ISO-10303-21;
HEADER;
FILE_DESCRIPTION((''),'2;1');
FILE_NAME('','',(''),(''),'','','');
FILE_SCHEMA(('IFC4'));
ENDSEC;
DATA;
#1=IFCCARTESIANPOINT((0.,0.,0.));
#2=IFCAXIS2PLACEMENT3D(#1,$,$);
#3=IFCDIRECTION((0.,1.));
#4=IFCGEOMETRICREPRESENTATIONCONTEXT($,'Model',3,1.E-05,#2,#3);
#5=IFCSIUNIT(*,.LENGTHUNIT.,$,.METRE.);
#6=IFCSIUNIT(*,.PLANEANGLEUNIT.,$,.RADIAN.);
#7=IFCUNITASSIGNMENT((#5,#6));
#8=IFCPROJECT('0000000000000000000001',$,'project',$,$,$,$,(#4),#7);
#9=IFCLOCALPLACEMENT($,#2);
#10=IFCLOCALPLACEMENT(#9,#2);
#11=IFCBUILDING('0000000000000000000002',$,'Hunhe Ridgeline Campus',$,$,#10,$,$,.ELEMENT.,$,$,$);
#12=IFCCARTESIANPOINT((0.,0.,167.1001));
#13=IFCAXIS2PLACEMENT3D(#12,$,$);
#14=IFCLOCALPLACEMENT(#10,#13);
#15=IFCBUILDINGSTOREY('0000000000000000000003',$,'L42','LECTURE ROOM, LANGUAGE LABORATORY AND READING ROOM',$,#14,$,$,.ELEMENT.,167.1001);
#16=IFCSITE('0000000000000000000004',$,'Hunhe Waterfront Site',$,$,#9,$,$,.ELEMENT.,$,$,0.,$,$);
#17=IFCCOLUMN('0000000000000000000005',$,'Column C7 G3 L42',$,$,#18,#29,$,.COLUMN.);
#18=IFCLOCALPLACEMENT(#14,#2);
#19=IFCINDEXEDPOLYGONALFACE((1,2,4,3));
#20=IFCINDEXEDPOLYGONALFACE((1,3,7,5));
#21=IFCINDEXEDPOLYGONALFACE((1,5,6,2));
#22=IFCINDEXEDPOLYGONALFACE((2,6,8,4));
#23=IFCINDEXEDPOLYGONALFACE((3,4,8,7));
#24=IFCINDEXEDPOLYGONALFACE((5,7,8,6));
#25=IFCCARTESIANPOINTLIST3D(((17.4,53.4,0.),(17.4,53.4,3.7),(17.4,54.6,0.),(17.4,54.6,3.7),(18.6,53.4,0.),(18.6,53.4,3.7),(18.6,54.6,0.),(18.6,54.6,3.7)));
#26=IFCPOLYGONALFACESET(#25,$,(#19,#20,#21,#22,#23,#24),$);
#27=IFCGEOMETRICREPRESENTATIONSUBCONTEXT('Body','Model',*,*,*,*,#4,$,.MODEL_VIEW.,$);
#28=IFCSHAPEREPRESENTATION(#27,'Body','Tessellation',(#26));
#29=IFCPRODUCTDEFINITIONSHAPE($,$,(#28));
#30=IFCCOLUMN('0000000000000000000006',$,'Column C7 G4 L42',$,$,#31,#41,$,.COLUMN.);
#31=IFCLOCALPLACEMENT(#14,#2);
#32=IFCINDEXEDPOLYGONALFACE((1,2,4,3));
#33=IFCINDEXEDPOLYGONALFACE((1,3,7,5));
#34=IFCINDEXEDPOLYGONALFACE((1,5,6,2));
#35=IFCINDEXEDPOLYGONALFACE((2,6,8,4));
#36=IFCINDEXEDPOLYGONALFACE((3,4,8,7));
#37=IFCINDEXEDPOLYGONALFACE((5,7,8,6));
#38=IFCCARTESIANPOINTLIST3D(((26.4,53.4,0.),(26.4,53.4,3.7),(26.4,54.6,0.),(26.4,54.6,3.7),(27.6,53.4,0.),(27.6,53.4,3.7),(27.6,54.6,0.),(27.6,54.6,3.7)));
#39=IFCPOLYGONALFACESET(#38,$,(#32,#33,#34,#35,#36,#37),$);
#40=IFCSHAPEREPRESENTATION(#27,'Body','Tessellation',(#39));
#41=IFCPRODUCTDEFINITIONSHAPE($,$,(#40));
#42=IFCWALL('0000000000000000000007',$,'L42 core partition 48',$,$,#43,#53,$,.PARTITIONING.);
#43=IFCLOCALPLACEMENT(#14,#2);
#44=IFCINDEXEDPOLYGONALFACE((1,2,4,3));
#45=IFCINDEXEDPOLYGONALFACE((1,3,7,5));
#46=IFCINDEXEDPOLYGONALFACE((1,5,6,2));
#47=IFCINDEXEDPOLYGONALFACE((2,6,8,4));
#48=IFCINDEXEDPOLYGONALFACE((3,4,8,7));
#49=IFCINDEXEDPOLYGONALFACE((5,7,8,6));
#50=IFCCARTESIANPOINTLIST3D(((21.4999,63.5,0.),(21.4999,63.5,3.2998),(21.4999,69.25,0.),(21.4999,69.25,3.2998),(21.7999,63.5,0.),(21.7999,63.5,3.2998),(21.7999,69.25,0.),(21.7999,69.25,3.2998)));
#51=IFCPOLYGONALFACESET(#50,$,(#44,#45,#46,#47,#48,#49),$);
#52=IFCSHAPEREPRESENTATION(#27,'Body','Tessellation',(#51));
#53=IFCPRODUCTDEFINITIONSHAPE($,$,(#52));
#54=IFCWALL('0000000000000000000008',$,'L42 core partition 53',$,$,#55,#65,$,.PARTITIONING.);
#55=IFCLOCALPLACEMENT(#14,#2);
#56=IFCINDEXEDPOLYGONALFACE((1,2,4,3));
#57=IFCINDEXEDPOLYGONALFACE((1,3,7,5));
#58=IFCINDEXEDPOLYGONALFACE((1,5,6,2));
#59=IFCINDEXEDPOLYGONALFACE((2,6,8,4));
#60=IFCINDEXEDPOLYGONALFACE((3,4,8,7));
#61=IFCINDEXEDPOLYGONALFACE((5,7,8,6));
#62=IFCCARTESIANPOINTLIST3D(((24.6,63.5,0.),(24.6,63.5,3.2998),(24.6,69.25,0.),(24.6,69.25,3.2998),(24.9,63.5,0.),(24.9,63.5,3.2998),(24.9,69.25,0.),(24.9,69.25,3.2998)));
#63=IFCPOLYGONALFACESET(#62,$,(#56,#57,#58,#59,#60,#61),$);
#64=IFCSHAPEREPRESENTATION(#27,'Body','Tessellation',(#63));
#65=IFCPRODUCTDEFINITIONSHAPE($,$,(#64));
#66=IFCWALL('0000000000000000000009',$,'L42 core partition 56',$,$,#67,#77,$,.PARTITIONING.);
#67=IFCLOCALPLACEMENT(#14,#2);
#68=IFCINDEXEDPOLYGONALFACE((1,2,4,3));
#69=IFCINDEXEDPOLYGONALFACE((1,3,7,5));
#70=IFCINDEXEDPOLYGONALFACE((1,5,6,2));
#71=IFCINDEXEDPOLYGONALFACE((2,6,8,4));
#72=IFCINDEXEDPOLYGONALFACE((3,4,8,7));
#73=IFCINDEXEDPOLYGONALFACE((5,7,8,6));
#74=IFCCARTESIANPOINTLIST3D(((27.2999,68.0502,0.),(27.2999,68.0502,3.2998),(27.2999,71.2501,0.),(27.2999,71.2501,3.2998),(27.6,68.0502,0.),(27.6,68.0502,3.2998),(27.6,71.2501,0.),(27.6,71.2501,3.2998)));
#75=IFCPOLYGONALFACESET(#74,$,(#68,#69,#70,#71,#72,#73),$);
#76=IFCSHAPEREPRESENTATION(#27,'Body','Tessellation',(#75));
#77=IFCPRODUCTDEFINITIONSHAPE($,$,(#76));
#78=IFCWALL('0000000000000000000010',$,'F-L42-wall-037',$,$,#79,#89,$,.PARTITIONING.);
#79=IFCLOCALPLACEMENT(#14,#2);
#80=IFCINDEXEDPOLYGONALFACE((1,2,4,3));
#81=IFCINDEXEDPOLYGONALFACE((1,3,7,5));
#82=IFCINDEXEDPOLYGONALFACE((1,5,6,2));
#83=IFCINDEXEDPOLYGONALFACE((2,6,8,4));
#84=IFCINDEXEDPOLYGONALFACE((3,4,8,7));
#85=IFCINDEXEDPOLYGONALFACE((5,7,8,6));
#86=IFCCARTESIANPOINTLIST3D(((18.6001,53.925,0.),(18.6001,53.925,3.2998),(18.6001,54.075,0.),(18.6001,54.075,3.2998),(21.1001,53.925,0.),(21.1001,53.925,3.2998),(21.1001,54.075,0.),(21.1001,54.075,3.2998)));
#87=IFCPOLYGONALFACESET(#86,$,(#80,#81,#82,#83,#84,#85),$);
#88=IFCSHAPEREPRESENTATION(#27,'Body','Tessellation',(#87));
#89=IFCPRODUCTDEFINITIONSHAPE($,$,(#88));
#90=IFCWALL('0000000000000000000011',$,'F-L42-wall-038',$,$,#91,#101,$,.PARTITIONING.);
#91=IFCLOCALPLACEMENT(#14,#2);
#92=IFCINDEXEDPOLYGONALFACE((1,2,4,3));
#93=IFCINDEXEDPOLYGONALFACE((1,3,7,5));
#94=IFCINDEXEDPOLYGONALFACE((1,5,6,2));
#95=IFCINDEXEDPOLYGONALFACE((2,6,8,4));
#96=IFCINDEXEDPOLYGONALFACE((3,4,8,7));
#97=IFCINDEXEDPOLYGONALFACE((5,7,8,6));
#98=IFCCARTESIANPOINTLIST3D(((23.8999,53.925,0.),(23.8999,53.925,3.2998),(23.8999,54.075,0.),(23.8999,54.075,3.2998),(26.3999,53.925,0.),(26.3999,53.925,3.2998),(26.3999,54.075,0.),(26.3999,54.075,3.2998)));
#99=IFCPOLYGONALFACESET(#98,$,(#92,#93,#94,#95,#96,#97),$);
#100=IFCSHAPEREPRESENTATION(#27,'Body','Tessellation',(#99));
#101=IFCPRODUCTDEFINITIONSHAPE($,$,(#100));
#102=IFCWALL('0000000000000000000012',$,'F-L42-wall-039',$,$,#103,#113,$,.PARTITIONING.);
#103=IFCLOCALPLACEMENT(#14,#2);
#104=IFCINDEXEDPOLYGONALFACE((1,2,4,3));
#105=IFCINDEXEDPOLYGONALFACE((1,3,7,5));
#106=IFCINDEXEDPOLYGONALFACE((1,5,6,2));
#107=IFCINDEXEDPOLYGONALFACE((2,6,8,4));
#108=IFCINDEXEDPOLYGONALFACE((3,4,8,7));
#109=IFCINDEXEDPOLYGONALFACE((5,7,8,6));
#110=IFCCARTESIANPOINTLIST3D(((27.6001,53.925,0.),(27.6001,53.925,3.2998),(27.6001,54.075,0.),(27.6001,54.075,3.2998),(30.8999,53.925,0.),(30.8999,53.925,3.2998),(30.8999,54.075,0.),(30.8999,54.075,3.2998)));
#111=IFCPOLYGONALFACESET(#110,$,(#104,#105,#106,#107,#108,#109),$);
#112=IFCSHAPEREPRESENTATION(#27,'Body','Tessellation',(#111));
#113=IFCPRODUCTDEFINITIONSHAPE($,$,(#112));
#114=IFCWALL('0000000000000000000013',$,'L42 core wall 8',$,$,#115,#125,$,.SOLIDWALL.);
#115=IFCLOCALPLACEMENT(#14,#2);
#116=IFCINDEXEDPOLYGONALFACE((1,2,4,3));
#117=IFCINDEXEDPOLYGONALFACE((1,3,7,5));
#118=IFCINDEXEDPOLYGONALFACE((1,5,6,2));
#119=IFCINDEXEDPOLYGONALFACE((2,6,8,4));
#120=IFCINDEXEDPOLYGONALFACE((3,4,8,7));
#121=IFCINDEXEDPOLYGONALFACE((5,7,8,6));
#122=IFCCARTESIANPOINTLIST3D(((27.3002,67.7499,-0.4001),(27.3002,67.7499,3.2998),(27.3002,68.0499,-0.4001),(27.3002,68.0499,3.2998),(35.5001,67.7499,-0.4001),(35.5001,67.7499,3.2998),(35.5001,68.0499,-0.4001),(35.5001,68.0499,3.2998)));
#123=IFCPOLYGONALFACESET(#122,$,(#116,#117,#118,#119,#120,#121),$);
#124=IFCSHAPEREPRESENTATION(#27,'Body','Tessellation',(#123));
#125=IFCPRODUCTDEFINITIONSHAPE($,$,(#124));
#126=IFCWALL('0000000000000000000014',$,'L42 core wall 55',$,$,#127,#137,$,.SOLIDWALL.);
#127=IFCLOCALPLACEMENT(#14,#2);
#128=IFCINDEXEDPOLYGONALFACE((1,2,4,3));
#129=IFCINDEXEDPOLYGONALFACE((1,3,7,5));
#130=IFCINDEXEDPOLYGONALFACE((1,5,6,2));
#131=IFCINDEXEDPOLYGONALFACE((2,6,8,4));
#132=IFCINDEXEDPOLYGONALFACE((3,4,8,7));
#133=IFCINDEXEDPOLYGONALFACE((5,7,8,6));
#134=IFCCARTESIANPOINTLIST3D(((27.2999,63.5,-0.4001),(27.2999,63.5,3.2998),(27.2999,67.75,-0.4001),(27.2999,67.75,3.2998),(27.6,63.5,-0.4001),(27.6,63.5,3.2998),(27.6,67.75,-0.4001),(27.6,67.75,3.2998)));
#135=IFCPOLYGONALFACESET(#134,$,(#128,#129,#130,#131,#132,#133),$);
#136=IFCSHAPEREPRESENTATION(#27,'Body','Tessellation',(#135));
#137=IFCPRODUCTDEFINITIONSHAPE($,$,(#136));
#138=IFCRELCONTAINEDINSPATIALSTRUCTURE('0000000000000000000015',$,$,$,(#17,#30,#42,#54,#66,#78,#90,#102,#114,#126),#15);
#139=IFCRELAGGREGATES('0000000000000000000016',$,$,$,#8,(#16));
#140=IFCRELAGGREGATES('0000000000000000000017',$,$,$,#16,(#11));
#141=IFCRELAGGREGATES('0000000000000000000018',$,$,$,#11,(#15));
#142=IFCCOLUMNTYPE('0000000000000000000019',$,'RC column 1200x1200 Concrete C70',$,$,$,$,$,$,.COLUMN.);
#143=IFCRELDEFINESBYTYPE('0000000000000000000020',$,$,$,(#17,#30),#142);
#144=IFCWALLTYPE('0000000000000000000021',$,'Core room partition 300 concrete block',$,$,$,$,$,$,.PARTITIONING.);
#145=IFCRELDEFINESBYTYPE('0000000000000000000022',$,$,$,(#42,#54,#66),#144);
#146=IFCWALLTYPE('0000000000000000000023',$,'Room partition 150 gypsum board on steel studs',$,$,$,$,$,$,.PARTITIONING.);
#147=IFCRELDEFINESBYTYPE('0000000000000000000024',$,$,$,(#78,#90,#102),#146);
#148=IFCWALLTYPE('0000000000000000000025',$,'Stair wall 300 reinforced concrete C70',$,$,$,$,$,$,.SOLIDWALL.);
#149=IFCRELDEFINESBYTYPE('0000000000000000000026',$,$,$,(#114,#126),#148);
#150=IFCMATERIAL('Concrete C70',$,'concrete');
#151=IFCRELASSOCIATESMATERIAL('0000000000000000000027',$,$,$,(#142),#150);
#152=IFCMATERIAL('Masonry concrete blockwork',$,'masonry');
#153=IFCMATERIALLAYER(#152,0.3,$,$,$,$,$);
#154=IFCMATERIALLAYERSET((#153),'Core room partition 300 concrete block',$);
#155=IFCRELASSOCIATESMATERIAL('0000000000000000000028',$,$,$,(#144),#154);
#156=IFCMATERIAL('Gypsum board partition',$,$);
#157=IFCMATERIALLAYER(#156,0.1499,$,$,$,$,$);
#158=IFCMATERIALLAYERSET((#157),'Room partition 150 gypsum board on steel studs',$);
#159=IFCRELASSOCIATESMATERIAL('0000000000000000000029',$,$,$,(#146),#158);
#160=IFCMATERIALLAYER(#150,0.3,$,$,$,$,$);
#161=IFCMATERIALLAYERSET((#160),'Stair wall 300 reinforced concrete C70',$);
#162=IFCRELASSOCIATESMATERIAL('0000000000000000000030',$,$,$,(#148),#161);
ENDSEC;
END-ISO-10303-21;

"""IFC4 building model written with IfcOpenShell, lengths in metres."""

from ifc_helpers import new_model, si_unit, direction, frame, frame_2d, origin, origin_2d, place, context, subcontext, project, spatial, rectangle, extrude, material, layer, layer_set, material_profile, profile_set, type_object, element, save


model = new_model("IFC4")

# Units and contexts
model_context = context("Model", 3, precision=1e-05, world=origin(), true_north=direction((0.0, 1.0)))
body_context = subcontext(model_context, "Body", "Model", "MODEL_VIEW")
ifc_project = project(units=[si_unit("LENGTHUNIT", "METRE"), si_unit("PLANEANGLEUNIT", "RADIAN")], contexts=[model_context])

# Site, building, storey
site_placement = place(None, origin())
site = spatial("IfcSite", under=ifc_project, at=site_placement, Name="Hunhe Waterfront Site", CompositionType="ELEMENT", RefElevation=0.0)
building_placement = place(site_placement, origin())
building = spatial("IfcBuilding", under=site, at=building_placement, Name="Hunhe Ridgeline Campus", CompositionType="ELEMENT")
storey_placement = place(building_placement, frame((0.0, 0.0, 167.1001)))
storey = spatial("IfcBuildingStorey", under=building, at=storey_placement, Name="L42", Description="LECTURE ROOM, LANGUAGE LABORATORY AND READING ROOM", CompositionType="ELEMENT", Elevation=167.1001)

# Columns
ifc_material_1 = material(Name="Concrete C70", Category="concrete")
ifc_material_profile = material_profile(ifc_material_1, rectangle(XDim=1.2, YDim=1.2, at=origin_2d()))
ifc_profile_set = profile_set([ifc_material_profile], Name="Concrete C70")
column_type = type_object("IfcColumnType", Name="RC column 1200x1200 Concrete C70", PredefinedType="COLUMN", material=ifc_profile_set)
for number, where, z_axis, x_axis, name in (
    (1, (18.0, 54.0, 0.0), (0.0, 0.0, 1.0), (1.0, 0.0, 0.0), "Column C7 G3 L42"),
    (2, (27.0, 54.0, 0.0), (0.0, 0.0, 1.0), (1.0, 0.0, 0.0), "Column C7 G4 L42"),
):
    element("IfcColumn", number, at=place(storey_placement, frame(where, z_axis=z_axis, x_axis=x_axis)), inside=storey, type_object=column_type, Name=name, PredefinedType="COLUMN", context=body_context, shape_type="SweptSolid", body=[
        extrude(rectangle(XDim=1.2, YDim=1.2, at=origin_2d()), origin(), (0.0, 0.0, 1.0), 3.7),
    ])

# Walls
ifc_material_2 = material(Name="Masonry concrete blockwork", Category="masonry")
ifc_layer_1 = layer(ifc_material_2, 0.3)
ifc_layer_set_1 = layer_set([ifc_layer_1], Name="Core room partition 300 concrete block")
wall_type_1 = type_object("IfcWallType", Name="Core room partition 300 concrete block", PredefinedType="PARTITIONING", material=ifc_layer_set_1)
for number, where, z_axis, x_axis, name in (
    (3, (21.6499, 63.5, 0.0), (0.0, 0.0, 1.0), (0.0, 1.0, 0.0), "L42 core partition 48"),
    (4, (24.75, 63.5, 0.0), (0.0, 0.0, 1.0), (0.0, 1.0, 0.0), "L42 core partition 53"),
):
    element("IfcWall", number, at=place(storey_placement, frame(where, z_axis=z_axis, x_axis=x_axis)), inside=storey, type_object=wall_type_1, Name=name, PredefinedType="PARTITIONING", context=body_context, shape_type="SweptSolid", body=[
        extrude(rectangle(XDim=5.75, YDim=0.3, at=frame_2d((2.875, 0.0))), origin(), (0.0, 0.0, 1.0), 3.2998),
    ])
wall_1_placement = place(storey_placement, frame((27.45, 68.05, 0.0), z_axis=(0.0, 0.0, 1.0), x_axis=(0.0, 1.0, 0.0)))
element("IfcWall", 5, at=wall_1_placement, inside=storey, type_object=wall_type_1, Name="L42 core partition 56", PredefinedType="PARTITIONING", context=body_context, shape_type="SweptSolid", body=[
    extrude(rectangle(XDim=3.2, YDim=0.3, at=frame_2d((1.6001, 0.0))), origin(), (0.0, 0.0, 1.0), 3.2998),
])

# Shared definitions
ifc_material_3 = material(Name="Gypsum board partition")

# Walls
ifc_layer_2 = layer(ifc_material_3, 0.1499)
ifc_layer_set_2 = layer_set([ifc_layer_2], Name="Room partition 150 gypsum board on steel studs")
wall_type_2 = type_object("IfcWallType", Name="Room partition 150 gypsum board on steel studs", PredefinedType="PARTITIONING", material=ifc_layer_set_2)
for number, where, z_axis, x_axis, name in (
    (6, (18.6001, 54.0, 0.0), (0.0, 0.0, 1.0), (1.0, 0.0, 0.0), "F-L42-wall-037"),
    (7, (23.8999, 54.0, 0.0), (0.0, 0.0, 1.0), (1.0, 0.0, 0.0), "F-L42-wall-038"),
):
    element("IfcWall", number, at=place(storey_placement, frame(where, z_axis=z_axis, x_axis=x_axis)), inside=storey, type_object=wall_type_2, Name=name, PredefinedType="PARTITIONING", context=body_context, shape_type="SweptSolid", body=[
        extrude(rectangle(XDim=2.5, YDim=0.1499, at=frame_2d((1.25, 0.0))), origin(), (0.0, 0.0, 1.0), 3.2998),
    ])
wall_2_placement = place(storey_placement, frame((27.6001, 54.0, 0.0), z_axis=(0.0, 0.0, 1.0), x_axis=(1.0, 0.0, 0.0)))
element("IfcWall", 8, at=wall_2_placement, inside=storey, type_object=wall_type_2, Name="F-L42-wall-039", PredefinedType="PARTITIONING", context=body_context, shape_type="SweptSolid", body=[
    extrude(rectangle(XDim=3.2998, YDim=0.1499, at=frame_2d((1.6499, 0.0))), origin(), (0.0, 0.0, 1.0), 3.2998),
])
ifc_layer_3 = layer(ifc_material_1, 0.3)
ifc_layer_set_3 = layer_set([ifc_layer_3], Name="Stair wall 300 reinforced concrete C70")
wall_type_3 = type_object("IfcWallType", Name="Stair wall 300 reinforced concrete C70", PredefinedType="SOLIDWALL", material=ifc_layer_set_3)
wall_3_placement = place(storey_placement, frame((27.3, 67.8999, -0.4001), z_axis=(0.0, 0.0, 1.0), x_axis=(1.0, 0.0, 0.0)))
element("IfcWall", 9, at=wall_3_placement, inside=storey, type_object=wall_type_3, Name="L42 core wall 8", PredefinedType="SOLIDWALL", context=body_context, shape_type="SweptSolid", body=[
    extrude(rectangle(XDim=8.2, YDim=0.3, at=frame_2d((4.1001, 0.0))), origin(), (0.0, 0.0, 1.0), 3.7),
])
wall_4_placement = place(storey_placement, frame((27.45, 63.5, -0.4001), z_axis=(0.0, 0.0, 1.0), x_axis=(0.0, 1.0, 0.0)))
element("IfcWall", 10, at=wall_4_placement, inside=storey, type_object=wall_type_3, Name="L42 core wall 55", PredefinedType="SOLIDWALL", context=body_context, shape_type="SweptSolid", body=[
    extrude(rectangle(XDim=4.25, YDim=0.3, at=frame_2d((2.125, 0.0))), origin(), (0.0, 0.0, 1.0), 3.7),
])

save(model, "model.ifc")
